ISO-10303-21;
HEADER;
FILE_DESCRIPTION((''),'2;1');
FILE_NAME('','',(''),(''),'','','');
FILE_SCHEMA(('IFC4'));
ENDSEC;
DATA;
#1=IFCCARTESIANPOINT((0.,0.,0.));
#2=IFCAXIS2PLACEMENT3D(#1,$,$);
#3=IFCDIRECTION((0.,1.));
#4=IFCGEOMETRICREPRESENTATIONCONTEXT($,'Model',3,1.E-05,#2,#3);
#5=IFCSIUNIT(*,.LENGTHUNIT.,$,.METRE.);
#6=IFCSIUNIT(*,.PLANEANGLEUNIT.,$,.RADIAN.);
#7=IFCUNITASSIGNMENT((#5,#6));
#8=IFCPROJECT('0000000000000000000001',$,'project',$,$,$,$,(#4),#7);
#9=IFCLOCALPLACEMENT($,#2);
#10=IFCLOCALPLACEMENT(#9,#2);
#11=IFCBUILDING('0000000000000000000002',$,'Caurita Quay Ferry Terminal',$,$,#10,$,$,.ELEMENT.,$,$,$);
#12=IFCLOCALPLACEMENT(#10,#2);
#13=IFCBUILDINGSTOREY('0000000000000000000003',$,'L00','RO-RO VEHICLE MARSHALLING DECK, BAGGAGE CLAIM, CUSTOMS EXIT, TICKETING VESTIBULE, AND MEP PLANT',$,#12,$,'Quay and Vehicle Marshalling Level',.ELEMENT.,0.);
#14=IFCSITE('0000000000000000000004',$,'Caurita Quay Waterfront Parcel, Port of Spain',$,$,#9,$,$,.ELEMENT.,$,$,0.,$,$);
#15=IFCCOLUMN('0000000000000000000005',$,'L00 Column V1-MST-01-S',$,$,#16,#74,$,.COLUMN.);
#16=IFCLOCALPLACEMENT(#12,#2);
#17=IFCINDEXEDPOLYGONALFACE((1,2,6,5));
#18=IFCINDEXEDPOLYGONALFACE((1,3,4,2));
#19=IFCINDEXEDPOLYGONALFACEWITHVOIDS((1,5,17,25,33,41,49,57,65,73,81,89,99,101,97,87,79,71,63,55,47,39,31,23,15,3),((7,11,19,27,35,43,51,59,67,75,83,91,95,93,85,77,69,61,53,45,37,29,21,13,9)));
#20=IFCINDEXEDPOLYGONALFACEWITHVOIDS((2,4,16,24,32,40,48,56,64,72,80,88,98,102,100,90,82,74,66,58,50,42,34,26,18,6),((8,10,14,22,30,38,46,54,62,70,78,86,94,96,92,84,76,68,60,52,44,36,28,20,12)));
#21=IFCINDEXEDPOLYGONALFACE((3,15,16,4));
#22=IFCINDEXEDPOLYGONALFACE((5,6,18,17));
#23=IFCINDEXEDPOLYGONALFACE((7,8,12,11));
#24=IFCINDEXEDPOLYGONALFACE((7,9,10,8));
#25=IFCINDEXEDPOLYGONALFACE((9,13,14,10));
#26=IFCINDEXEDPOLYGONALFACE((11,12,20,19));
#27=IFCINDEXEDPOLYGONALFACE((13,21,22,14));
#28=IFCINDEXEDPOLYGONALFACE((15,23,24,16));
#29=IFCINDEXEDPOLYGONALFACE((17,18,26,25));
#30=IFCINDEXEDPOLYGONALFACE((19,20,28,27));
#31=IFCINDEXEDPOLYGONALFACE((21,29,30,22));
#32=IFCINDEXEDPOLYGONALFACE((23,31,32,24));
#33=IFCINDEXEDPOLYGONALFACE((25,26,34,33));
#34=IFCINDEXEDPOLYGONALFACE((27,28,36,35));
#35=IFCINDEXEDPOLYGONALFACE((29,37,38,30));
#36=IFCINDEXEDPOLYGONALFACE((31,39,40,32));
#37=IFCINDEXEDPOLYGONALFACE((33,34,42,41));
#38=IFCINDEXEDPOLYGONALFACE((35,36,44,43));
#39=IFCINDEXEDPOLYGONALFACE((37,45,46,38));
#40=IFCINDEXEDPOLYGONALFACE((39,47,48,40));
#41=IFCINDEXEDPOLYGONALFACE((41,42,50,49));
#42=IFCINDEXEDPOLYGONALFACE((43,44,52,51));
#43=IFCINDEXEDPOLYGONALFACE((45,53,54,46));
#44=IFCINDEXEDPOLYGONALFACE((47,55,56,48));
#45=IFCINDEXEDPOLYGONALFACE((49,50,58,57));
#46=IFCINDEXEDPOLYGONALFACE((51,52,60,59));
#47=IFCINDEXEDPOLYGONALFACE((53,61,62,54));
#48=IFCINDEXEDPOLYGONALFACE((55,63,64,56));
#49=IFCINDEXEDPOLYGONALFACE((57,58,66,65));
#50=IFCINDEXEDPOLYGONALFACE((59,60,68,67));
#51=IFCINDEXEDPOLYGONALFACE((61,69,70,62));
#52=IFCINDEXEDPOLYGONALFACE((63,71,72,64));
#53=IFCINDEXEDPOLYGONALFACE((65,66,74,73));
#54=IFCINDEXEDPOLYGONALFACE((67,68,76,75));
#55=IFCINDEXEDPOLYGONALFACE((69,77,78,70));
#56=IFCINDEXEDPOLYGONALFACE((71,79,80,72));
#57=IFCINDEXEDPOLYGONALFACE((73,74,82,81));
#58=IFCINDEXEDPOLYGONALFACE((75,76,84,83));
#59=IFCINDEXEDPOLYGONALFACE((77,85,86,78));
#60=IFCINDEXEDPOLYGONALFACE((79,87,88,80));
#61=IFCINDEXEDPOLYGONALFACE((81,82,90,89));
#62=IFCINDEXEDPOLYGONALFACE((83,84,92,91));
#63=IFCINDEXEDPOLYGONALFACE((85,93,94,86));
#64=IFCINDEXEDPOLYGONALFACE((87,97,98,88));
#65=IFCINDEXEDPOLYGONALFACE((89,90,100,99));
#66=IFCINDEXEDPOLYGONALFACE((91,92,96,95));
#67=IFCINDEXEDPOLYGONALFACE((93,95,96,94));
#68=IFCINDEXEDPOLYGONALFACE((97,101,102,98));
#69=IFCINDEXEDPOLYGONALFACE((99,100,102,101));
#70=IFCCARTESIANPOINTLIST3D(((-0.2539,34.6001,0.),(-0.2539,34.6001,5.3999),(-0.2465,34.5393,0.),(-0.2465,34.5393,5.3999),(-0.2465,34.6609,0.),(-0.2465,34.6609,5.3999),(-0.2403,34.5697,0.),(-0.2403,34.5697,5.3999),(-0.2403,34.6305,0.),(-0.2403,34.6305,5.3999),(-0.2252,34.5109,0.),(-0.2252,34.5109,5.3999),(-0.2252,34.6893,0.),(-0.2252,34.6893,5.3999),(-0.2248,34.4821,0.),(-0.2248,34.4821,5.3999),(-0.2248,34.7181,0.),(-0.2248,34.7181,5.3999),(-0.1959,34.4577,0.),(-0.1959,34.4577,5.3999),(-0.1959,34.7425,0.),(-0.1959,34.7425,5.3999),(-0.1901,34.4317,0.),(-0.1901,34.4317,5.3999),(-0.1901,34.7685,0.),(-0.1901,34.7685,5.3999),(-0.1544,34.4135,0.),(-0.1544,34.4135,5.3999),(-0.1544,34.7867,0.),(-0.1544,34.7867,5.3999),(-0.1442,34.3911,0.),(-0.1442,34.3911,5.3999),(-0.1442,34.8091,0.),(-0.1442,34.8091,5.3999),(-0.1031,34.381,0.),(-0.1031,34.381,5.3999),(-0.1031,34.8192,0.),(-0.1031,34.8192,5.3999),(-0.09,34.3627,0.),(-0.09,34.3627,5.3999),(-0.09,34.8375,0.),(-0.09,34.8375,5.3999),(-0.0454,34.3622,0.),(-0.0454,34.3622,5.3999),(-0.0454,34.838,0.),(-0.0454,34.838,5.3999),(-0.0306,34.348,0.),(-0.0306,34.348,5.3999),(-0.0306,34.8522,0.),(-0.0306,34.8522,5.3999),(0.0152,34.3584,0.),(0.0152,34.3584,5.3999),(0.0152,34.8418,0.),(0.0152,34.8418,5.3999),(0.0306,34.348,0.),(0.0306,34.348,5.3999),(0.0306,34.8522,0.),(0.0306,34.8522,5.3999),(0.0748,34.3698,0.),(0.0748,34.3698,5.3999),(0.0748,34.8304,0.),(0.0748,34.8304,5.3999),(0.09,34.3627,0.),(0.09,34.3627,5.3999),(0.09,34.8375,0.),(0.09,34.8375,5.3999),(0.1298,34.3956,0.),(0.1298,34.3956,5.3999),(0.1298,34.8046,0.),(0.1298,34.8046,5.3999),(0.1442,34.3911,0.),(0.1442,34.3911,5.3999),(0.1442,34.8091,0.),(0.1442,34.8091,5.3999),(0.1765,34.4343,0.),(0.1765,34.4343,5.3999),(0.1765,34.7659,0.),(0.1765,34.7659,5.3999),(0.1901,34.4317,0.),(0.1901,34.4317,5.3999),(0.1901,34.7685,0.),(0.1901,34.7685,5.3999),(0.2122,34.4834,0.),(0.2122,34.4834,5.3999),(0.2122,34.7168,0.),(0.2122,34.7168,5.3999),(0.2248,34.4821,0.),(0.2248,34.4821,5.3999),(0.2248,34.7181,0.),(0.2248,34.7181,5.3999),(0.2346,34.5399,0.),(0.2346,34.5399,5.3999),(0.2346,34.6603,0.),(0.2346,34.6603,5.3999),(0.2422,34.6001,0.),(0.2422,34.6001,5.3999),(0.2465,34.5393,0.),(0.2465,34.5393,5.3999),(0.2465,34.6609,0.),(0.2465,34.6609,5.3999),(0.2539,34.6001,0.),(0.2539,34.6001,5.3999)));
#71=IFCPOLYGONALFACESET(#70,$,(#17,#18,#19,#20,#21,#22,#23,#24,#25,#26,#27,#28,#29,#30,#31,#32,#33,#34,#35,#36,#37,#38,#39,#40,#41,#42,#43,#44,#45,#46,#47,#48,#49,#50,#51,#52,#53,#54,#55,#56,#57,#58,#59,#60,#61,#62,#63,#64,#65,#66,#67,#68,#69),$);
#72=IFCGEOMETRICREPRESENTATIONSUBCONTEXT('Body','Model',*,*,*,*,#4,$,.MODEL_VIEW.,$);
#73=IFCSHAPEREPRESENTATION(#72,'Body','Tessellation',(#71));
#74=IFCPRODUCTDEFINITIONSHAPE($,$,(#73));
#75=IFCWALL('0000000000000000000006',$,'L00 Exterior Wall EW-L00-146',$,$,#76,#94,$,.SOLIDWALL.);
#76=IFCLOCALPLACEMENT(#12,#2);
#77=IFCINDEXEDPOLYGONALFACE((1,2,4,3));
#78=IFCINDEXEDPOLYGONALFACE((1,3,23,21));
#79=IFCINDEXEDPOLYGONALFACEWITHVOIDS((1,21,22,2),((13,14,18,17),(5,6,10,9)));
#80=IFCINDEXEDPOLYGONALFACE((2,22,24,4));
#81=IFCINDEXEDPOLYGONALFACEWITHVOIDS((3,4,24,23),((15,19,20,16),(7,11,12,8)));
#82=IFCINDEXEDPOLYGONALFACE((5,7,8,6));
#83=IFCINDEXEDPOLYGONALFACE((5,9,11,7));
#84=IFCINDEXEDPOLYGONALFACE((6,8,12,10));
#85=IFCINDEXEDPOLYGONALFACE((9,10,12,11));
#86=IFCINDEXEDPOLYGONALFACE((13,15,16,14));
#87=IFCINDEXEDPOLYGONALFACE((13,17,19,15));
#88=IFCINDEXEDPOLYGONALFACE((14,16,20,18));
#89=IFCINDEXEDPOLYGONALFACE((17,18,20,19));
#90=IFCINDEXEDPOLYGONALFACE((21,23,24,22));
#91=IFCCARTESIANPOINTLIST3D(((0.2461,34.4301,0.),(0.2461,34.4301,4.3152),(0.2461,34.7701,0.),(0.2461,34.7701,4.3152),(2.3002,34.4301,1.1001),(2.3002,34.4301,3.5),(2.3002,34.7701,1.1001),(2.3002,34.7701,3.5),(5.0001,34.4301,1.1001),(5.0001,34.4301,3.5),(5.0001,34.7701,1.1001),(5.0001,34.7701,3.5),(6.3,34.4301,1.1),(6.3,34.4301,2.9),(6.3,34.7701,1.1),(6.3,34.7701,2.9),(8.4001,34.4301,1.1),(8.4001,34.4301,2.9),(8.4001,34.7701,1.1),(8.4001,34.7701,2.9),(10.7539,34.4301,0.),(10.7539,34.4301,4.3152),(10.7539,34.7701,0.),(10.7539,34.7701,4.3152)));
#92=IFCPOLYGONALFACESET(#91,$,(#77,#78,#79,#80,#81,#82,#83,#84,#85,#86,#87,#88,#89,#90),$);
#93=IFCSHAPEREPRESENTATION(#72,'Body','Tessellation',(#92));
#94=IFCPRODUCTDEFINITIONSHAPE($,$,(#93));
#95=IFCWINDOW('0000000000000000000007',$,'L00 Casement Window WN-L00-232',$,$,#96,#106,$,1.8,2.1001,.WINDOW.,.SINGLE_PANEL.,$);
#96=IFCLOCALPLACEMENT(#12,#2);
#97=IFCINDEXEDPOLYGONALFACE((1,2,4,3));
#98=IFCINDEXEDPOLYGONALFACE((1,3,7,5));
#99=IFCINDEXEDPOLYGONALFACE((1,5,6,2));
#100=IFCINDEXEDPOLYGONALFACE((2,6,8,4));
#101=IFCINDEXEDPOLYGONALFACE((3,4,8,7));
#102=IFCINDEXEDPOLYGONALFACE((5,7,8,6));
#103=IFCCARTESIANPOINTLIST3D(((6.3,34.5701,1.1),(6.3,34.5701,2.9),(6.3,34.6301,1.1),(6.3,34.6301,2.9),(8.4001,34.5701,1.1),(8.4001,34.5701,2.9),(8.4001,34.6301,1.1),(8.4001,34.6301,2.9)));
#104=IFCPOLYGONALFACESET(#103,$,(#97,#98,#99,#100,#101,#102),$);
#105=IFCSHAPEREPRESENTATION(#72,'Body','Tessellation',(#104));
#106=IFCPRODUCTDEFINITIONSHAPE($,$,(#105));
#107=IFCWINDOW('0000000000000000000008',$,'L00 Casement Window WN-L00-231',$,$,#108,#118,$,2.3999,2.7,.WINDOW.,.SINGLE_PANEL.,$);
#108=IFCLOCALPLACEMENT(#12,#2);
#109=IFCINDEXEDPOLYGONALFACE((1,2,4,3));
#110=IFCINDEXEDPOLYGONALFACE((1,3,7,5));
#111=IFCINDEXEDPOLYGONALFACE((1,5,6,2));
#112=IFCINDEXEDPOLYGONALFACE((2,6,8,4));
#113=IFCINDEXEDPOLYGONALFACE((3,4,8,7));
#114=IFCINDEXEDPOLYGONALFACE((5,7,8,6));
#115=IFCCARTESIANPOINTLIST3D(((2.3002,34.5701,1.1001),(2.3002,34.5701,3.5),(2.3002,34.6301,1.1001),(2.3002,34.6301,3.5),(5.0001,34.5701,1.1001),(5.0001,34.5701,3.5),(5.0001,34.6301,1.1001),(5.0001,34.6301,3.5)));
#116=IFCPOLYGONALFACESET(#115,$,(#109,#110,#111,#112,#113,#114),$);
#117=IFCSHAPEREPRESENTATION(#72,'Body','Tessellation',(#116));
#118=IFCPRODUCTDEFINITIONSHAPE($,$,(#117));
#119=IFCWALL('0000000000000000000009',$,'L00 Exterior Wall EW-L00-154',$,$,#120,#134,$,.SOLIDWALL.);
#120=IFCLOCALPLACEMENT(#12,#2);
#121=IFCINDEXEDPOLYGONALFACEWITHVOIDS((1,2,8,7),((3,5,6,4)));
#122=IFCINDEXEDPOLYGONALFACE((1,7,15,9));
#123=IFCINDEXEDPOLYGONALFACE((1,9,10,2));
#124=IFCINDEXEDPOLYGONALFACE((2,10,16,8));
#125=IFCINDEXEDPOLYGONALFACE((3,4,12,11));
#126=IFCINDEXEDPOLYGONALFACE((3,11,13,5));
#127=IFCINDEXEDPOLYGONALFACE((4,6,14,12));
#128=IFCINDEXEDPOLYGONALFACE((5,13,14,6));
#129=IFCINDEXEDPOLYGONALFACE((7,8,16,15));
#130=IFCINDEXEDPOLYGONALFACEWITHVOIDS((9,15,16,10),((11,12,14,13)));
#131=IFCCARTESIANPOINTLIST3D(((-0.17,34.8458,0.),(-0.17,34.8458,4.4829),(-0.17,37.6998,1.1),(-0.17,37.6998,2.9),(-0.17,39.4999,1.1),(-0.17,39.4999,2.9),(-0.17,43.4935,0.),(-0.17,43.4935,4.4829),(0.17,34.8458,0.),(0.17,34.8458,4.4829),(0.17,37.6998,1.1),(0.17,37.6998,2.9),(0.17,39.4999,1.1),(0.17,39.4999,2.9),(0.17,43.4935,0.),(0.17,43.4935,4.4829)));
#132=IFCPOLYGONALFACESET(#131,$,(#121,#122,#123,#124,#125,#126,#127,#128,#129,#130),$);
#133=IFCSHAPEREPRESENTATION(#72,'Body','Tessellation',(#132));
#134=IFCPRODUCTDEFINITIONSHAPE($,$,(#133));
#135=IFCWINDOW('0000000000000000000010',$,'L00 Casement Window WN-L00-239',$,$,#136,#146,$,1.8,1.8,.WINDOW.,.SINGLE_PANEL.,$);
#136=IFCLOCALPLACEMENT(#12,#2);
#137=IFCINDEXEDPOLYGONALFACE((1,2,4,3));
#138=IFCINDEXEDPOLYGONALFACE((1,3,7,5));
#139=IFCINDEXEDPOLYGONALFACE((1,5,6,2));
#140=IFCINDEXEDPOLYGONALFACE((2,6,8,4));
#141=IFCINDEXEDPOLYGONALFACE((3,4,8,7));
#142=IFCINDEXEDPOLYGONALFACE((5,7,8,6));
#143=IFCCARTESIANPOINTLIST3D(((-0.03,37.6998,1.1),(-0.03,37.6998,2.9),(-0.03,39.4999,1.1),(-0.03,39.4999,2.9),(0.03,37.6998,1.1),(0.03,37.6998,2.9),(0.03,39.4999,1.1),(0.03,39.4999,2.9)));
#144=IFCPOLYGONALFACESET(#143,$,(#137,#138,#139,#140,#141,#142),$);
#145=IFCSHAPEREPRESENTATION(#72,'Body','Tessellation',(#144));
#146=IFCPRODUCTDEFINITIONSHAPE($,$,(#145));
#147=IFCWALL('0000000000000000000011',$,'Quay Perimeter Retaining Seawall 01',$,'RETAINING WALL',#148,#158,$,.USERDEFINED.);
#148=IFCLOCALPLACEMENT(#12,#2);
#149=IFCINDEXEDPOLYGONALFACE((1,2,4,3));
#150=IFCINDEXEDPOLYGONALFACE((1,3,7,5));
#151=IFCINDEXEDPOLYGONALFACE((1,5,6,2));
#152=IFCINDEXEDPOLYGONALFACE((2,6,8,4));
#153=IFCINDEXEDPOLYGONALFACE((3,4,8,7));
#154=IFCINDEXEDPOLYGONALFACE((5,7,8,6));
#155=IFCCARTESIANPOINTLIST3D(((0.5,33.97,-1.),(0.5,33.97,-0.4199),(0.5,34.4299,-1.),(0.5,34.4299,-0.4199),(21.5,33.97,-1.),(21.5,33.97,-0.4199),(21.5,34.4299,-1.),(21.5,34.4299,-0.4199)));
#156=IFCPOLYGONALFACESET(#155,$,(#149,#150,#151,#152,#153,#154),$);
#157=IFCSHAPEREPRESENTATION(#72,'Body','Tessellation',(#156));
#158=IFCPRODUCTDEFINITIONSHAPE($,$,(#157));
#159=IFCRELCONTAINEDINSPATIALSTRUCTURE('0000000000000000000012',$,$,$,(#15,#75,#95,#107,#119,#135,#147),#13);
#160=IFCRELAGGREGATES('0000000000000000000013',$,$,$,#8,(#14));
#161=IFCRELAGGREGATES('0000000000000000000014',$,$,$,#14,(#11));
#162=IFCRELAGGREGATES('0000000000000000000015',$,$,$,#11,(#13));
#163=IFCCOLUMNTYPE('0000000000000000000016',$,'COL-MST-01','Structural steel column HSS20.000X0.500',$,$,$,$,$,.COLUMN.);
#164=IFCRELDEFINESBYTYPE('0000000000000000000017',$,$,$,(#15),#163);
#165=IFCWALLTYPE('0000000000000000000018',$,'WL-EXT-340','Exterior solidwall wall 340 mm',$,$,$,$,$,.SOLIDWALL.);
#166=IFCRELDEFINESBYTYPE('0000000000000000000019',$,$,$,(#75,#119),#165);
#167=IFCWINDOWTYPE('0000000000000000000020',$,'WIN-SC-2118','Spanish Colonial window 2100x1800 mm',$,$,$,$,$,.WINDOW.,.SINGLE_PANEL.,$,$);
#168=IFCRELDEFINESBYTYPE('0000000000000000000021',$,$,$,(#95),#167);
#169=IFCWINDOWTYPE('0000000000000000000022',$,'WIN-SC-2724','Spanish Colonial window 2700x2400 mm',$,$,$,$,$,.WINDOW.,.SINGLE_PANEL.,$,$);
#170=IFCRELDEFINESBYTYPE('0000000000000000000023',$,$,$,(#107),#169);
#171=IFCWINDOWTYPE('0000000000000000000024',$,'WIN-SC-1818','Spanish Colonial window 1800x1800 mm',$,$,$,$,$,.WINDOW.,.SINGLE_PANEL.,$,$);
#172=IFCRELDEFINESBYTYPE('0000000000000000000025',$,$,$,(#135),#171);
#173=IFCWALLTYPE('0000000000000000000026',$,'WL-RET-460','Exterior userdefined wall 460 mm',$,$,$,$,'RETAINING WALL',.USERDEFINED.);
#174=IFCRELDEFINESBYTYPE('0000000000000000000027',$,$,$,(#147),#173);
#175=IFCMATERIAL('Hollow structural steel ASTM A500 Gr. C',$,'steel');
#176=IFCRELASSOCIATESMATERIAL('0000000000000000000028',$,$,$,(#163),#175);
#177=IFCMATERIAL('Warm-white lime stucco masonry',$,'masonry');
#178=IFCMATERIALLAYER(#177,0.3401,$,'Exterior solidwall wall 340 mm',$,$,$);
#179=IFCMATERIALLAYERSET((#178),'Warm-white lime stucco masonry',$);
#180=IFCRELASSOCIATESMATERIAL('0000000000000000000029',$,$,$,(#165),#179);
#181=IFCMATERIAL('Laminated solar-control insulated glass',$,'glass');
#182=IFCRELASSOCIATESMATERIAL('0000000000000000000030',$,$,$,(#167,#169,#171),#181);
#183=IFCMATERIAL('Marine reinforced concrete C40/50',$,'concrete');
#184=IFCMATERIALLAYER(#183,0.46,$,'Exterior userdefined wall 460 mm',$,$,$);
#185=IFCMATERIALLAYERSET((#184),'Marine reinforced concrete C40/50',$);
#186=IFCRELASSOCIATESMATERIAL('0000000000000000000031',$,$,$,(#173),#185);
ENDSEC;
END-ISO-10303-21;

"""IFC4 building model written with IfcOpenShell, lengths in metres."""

from ifc_helpers import new_model, si_unit, direction, frame, frame_2d, origin, origin_2d, place, context, subcontext, project, spatial, rectangle, hollow_circle, extrude, material, layer, layer_set, material_profile, profile_set, type_object, element, fill, save


model = new_model("IFC4")

# Units and contexts
model_context = context("Model", 3, precision=1e-05, world=origin(), true_north=direction((0.0, 1.0)))
body_context = subcontext(model_context, "Body", "Model", "MODEL_VIEW")
ifc_project = project(units=[si_unit("LENGTHUNIT", "METRE"), si_unit("PLANEANGLEUNIT", "RADIAN")], contexts=[model_context])

# Site, building, storey
site_placement = place(None, origin())
site = spatial("IfcSite", under=ifc_project, at=site_placement, Name="Caurita Quay Waterfront Parcel, Port of Spain", CompositionType="ELEMENT", RefElevation=0.0)
building_placement = place(site_placement, origin())
building = spatial("IfcBuilding", under=site, at=building_placement, Name="Caurita Quay Ferry Terminal", CompositionType="ELEMENT")
storey_placement = place(building_placement, origin())
storey = spatial("IfcBuildingStorey", under=building, at=storey_placement, Name="L00", Description="RO-RO VEHICLE MARSHALLING DECK, BAGGAGE CLAIM, CUSTOMS EXIT, TICKETING VESTIBULE, AND MEP PLANT", LongName="Quay and Vehicle Marshalling Level", CompositionType="ELEMENT", Elevation=0.0)

# Shared definitions
ifc_material_1 = material(Name="Marine reinforced concrete C40/50", Category="concrete")

# Column
ifc_material_2 = material(Name="Hollow structural steel ASTM A500 Gr. C", Category="steel")
ifc_material_profile_1 = material_profile(ifc_material_2, hollow_circle(Radius=0.2539, WallThickness=0.0117, at=origin_2d()), Name="HSS20.000X0.500")
ifc_profile_set_1 = profile_set([ifc_material_profile_1], Name="Hollow structural steel ASTM A500 Gr. C")
column_type = type_object("IfcColumnType", Name="COL-MST-01", Description="Structural steel column HSS20.000X0.500", PredefinedType="COLUMN", material=ifc_profile_set_1)
column_placement = place(storey_placement, frame((0.0, 34.6001, 0.0), z_axis=(0.0, 0.0, 1.0), x_axis=(1.0, 0.0, 0.0)))
element("IfcColumn", 1, at=column_placement, inside=storey, type_object=column_type, Name="L00 Column V1-MST-01-S", PredefinedType="COLUMN", context=body_context, shape_type="SweptSolid", body=[
    extrude(hollow_circle(Radius=0.2539, WallThickness=0.0117, at=origin_2d()), origin(), (0.0, 0.0, 1.0), 5.3999),
])

# Wall, openings, windows
ifc_material_3 = material(Name="Warm-white lime stucco masonry", Category="masonry")
ifc_layer_1 = layer(ifc_material_3, 0.3401, Name="Exterior solidwall wall 340 mm")
ifc_layer_set_1 = layer_set([ifc_layer_1], Name="Warm-white lime stucco masonry")
wall_type_1 = type_object("IfcWallType", Name="WL-EXT-340", Description="Exterior solidwall wall 340 mm", PredefinedType="SOLIDWALL", material=ifc_layer_set_1)
wall_1_placement = place(storey_placement, frame((0.2461, 34.6001, 0.0), z_axis=(0.0, 0.0, 1.0), x_axis=(1.0, 0.0, 0.0)))
wall_1 = element("IfcWall", 2, at=wall_1_placement, inside=storey, type_object=wall_type_1, Name="L00 Exterior Wall EW-L00-146", PredefinedType="SOLIDWALL", context=body_context, shape_type="SweptSolid", body=[
    extrude(rectangle(XDim=10.5078, YDim=0.3401, at=frame_2d((5.2539, 0.0))), origin(), (0.0, 0.0, 1.0), 4.3152),
])
opening_1_placement = place(wall_1_placement, frame((2.054, 0.0, 1.1001)))
opening_1 = element("IfcOpeningElement", 3, at=opening_1_placement, cuts=wall_1, PredefinedType="OPENING", context=body_context, shape_type="SweptSolid", body=[
    extrude(rectangle(XDim=2.7, YDim=2.3999, at=frame_2d((1.3501, 1.2))), frame((0.0, 0.1799, 0.0), z_axis=(0.0, -1.0, 0.0), x_axis=(1.0, 0.0, 0.0)), (0.0, 0.0, 1.0), 0.3601),
])
opening_2_placement = place(wall_1_placement, frame((6.054, 0.0, 1.1001)))
opening_2 = element("IfcOpeningElement", 4, at=opening_2_placement, cuts=wall_1, PredefinedType="OPENING", context=body_context, shape_type="SweptSolid", body=[
    extrude(rectangle(XDim=2.1001, YDim=1.8, at=frame_2d((1.05, 0.8999))), frame((0.0, 0.1799, 0.0), z_axis=(0.0, -1.0, 0.0), x_axis=(1.0, 0.0, 0.0)), (0.0, 0.0, 1.0), 0.3601),
])
ifc_material_4 = material(Name="Laminated solar-control insulated glass", Category="glass")
window_type_1 = type_object("IfcWindowType", Name="WIN-SC-2118", Description="Spanish Colonial window 2100x1800 mm", PartitioningType="SINGLE_PANEL", PredefinedType="WINDOW", material=ifc_material_4)
window_1_placement = place(opening_2_placement, origin())
window_1 = element("IfcWindow", 5, at=window_1_placement, inside=storey, type_object=window_type_1, Name="L00 Casement Window WN-L00-232", OverallHeight=1.8, OverallWidth=2.1001, PartitioningType="SINGLE_PANEL", PredefinedType="WINDOW", context=body_context, shape_type="SweptSolid", body=[
    extrude(rectangle(XDim=2.1001, YDim=1.8, at=frame_2d((1.05, 0.8999))), frame((0.0, 0.03, 0.0), z_axis=(0.0, -1.0, 0.0), x_axis=(1.0, 0.0, 0.0)), (0.0, 0.0, 1.0), 0.0601),
])
fill(opening_2, window_1)
window_type_2 = type_object("IfcWindowType", Name="WIN-SC-2724", Description="Spanish Colonial window 2700x2400 mm", PartitioningType="SINGLE_PANEL", PredefinedType="WINDOW", material=ifc_material_4)
window_2_placement = place(opening_1_placement, origin())
window_2 = element("IfcWindow", 6, at=window_2_placement, inside=storey, type_object=window_type_2, Name="L00 Casement Window WN-L00-231", OverallHeight=2.3999, OverallWidth=2.7, PartitioningType="SINGLE_PANEL", PredefinedType="WINDOW", context=body_context, shape_type="SweptSolid", body=[
    extrude(rectangle(XDim=2.7, YDim=2.3999, at=frame_2d((1.3501, 1.2))), frame((0.0, 0.03, 0.0), z_axis=(0.0, -1.0, 0.0), x_axis=(1.0, 0.0, 0.0)), (0.0, 0.0, 1.0), 0.0601),
])
fill(opening_1, window_2)

# Wall, opening, window
wall_2_placement = place(storey_placement, frame((0.0, 34.8459, 0.0), z_axis=(0.0, 0.0, 1.0), x_axis=(0.0, 1.0, 0.0)))
wall_2 = element("IfcWall", 7, at=wall_2_placement, inside=storey, type_object=wall_type_1, Name="L00 Exterior Wall EW-L00-154", PredefinedType="SOLIDWALL", context=body_context, shape_type="SweptSolid", body=[
    extrude(rectangle(XDim=8.6477, YDim=0.3401, at=frame_2d((4.3237, 0.0))), origin(), (0.0, 0.0, 1.0), 4.4829),
])
opening_3_placement = place(wall_2_placement, frame((2.854, 0.0, 1.1001)))
opening_3 = element("IfcOpeningElement", 8, at=opening_3_placement, cuts=wall_2, PredefinedType="OPENING", context=body_context, shape_type="SweptSolid", body=[
    extrude(rectangle(XDim=1.8, YDim=1.8, at=frame_2d((0.8999, 0.8999))), frame((0.0, 0.1799, 0.0), z_axis=(0.0, -1.0, 0.0), x_axis=(1.0, 0.0, 0.0)), (0.0, 0.0, 1.0), 0.3601),
])
window_type_3 = type_object("IfcWindowType", Name="WIN-SC-1818", Description="Spanish Colonial window 1800x1800 mm", PartitioningType="SINGLE_PANEL", PredefinedType="WINDOW", material=ifc_material_4)
window_3_placement = place(opening_3_placement, origin())
window_3 = element("IfcWindow", 9, at=window_3_placement, inside=storey, type_object=window_type_3, Name="L00 Casement Window WN-L00-239", OverallHeight=1.8, OverallWidth=1.8, PartitioningType="SINGLE_PANEL", PredefinedType="WINDOW", context=body_context, shape_type="SweptSolid", body=[
    extrude(rectangle(XDim=1.8, YDim=1.8, at=frame_2d((0.8999, 0.8999))), frame((0.0, 0.03, 0.0), z_axis=(0.0, -1.0, 0.0), x_axis=(1.0, 0.0, 0.0)), (0.0, 0.0, 1.0), 0.0601),
])
fill(opening_3, window_3)

# Wall
ifc_layer_2 = layer(ifc_material_1, 0.46, Name="Exterior userdefined wall 460 mm")
ifc_layer_set_2 = layer_set([ifc_layer_2], Name="Marine reinforced concrete C40/50")
wall_type_2 = type_object("IfcWallType", Name="WL-RET-460", Description="Exterior userdefined wall 460 mm", ElementType="RETAINING WALL", PredefinedType="USERDEFINED", material=ifc_layer_set_2)
wall_3_placement = place(storey_placement, frame((0.5, 34.2, -1.0), z_axis=(0.0, 0.0, 1.0), x_axis=(1.0, 0.0, 0.0)))
element("IfcWall", 10, at=wall_3_placement, inside=storey, type_object=wall_type_2, Name="Quay Perimeter Retaining Seawall 01", ObjectType="RETAINING WALL", PredefinedType="USERDEFINED", context=body_context, shape_type="SweptSolid", body=[
    extrude(rectangle(XDim=21.0, YDim=0.46, at=frame_2d((10.5, 0.0))), origin(), (0.0, 0.0, 1.0), 0.5801),
])

save(model, "model.ifc")
